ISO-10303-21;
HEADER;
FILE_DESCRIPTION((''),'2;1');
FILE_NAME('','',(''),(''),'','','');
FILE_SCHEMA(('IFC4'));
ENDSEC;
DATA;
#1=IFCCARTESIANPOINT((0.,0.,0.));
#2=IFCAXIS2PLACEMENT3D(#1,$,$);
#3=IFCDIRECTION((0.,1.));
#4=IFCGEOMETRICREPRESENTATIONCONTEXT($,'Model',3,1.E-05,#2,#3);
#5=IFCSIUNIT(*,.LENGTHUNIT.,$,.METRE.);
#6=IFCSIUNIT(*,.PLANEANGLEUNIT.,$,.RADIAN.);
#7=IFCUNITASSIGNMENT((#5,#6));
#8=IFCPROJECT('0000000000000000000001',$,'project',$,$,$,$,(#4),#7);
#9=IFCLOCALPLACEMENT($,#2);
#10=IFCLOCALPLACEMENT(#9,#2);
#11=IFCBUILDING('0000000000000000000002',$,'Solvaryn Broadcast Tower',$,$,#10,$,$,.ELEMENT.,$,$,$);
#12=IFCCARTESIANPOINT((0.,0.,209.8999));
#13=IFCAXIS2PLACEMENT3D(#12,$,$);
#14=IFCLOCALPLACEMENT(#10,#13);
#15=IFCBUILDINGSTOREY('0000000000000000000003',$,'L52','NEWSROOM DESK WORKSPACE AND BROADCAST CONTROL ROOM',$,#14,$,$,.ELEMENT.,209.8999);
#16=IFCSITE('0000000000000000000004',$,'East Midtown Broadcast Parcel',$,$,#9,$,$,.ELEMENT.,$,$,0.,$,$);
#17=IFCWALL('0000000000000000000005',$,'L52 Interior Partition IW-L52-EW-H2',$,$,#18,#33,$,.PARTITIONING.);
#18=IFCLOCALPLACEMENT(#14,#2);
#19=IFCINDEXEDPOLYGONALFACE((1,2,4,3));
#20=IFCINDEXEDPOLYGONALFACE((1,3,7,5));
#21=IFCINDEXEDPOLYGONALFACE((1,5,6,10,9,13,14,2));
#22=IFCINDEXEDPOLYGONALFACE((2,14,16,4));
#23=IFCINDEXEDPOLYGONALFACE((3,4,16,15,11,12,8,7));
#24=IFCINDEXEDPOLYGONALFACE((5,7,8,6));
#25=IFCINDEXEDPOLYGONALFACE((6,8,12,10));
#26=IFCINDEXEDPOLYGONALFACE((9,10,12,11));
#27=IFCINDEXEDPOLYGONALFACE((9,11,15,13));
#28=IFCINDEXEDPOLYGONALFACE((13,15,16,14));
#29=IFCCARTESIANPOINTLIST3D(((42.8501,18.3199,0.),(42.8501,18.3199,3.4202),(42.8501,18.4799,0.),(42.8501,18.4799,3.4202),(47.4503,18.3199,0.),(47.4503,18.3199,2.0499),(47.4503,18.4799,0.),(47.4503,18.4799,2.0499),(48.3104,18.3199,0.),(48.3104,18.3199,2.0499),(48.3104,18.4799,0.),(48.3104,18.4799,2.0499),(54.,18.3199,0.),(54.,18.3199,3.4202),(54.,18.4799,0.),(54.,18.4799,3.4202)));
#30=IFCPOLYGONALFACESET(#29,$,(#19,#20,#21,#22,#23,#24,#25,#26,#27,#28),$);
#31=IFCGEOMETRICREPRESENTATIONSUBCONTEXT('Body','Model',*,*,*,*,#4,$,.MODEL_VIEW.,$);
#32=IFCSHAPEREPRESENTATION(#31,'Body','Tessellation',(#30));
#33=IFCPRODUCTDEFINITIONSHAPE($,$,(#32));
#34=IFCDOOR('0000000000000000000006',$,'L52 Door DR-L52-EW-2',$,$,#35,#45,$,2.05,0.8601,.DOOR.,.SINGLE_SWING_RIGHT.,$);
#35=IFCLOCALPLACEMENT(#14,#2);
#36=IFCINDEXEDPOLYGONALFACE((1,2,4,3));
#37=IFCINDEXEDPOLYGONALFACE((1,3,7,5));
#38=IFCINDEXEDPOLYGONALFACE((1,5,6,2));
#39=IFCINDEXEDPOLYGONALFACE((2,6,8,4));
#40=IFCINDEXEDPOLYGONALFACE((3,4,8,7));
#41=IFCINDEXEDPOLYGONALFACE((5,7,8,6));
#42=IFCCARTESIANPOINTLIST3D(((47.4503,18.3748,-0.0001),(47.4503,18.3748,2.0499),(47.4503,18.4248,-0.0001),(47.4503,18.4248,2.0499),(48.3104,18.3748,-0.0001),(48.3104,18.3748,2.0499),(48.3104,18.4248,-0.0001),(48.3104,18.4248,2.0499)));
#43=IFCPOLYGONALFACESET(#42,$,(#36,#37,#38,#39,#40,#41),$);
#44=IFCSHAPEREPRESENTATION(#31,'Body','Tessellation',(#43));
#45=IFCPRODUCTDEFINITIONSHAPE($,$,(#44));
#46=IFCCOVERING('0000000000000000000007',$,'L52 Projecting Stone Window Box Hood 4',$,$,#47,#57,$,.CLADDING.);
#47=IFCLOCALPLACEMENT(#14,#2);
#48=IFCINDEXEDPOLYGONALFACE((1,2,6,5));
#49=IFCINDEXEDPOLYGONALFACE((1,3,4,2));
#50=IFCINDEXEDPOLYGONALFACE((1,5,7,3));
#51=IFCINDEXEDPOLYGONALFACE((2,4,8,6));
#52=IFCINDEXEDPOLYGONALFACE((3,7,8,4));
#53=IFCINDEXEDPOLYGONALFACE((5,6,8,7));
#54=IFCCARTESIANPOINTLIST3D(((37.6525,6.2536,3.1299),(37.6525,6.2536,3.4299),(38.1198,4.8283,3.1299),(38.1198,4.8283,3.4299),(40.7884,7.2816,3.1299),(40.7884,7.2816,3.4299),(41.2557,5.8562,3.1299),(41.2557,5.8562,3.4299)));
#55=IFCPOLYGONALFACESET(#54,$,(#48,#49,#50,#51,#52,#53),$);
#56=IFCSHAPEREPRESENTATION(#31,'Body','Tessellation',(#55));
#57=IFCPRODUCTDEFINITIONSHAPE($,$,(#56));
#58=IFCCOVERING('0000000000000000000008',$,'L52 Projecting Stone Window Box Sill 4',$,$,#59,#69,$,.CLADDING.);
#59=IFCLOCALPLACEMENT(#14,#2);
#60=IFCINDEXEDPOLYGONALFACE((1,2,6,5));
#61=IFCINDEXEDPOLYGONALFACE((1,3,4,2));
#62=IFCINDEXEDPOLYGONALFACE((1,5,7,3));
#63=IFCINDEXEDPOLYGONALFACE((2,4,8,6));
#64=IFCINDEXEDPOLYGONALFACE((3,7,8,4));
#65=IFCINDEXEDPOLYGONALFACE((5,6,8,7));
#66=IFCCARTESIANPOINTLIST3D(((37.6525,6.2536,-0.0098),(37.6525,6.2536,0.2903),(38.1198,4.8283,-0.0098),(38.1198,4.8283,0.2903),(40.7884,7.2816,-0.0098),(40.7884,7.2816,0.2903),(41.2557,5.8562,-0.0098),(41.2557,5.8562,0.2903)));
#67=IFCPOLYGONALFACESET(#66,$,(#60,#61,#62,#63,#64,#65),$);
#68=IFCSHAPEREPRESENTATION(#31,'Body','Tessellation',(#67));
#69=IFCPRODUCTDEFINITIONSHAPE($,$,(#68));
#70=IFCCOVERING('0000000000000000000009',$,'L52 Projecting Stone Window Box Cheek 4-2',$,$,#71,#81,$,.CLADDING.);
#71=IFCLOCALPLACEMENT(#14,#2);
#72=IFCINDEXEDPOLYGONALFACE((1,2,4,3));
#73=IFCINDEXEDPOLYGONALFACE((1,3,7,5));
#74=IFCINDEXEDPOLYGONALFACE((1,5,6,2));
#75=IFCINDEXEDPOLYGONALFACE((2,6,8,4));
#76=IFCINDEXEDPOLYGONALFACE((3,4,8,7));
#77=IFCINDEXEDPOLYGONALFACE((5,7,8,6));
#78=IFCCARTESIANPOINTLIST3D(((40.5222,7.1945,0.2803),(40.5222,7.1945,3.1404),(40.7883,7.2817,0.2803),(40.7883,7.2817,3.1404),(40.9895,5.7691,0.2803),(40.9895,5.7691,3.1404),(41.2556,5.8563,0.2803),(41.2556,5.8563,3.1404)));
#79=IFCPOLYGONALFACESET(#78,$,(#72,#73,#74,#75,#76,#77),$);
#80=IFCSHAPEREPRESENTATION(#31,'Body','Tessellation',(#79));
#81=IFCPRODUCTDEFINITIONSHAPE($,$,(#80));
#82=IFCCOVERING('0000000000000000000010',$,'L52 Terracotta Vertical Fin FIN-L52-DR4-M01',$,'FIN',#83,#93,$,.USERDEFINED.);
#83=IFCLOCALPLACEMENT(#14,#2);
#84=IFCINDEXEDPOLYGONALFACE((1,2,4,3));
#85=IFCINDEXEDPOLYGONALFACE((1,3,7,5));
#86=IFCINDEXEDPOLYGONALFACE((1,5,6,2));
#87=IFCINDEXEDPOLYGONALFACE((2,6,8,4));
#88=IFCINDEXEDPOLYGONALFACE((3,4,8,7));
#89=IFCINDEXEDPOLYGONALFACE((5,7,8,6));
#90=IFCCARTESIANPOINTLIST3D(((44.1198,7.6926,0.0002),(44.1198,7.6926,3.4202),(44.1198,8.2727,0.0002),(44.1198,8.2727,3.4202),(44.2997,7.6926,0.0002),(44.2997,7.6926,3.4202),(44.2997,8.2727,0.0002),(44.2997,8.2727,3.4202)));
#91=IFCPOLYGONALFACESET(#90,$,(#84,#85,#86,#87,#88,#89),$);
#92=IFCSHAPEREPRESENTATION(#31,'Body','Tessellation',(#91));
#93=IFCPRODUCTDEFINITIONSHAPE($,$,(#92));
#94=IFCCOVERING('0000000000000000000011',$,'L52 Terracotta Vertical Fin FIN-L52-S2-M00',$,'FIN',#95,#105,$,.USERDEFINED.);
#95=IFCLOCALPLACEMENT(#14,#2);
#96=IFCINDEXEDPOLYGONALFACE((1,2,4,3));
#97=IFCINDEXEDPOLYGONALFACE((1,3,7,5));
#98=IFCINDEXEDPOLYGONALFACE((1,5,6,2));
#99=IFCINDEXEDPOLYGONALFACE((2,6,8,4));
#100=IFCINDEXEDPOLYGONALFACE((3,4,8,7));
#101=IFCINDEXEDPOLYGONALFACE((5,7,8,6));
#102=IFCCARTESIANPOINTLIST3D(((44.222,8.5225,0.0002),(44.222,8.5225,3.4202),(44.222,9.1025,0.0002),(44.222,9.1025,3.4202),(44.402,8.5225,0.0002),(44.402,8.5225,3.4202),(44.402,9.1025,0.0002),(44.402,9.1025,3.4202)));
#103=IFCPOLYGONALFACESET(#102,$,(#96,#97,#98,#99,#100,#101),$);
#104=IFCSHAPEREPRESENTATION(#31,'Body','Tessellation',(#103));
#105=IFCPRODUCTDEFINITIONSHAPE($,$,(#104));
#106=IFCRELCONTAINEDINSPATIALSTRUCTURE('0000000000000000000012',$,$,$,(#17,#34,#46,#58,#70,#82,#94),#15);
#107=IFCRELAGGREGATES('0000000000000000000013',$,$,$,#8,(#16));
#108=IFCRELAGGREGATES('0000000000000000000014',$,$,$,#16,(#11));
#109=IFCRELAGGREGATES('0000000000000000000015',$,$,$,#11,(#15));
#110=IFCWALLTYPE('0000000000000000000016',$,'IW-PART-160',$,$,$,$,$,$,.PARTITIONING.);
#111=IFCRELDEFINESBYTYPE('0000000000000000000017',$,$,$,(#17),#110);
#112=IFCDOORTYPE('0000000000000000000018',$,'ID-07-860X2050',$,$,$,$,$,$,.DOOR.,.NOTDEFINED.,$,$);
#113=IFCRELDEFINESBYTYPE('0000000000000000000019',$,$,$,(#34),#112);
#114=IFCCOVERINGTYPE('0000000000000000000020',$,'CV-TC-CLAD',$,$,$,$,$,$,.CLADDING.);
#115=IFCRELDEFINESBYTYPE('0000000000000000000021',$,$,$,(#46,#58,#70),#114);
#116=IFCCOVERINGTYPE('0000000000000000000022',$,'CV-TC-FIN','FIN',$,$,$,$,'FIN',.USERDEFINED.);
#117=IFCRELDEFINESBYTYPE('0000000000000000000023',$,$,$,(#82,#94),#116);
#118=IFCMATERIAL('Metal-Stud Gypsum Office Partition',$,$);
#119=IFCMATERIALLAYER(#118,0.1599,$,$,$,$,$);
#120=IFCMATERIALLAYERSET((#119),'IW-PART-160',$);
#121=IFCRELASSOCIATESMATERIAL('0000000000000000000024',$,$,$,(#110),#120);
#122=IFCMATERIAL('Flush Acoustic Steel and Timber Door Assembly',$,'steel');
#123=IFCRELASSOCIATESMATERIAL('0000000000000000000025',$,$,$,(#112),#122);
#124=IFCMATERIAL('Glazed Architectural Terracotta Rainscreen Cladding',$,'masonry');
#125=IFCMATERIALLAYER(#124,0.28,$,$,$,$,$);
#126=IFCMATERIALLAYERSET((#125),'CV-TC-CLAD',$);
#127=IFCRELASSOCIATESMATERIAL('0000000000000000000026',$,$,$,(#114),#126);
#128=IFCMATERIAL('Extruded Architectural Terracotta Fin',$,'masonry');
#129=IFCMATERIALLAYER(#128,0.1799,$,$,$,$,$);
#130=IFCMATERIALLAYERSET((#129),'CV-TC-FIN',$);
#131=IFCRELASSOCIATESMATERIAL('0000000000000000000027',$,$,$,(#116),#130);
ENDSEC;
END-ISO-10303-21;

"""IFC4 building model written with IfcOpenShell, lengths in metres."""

from ifc_helpers import new_model, si_unit, direction, frame, frame_2d, origin, origin_2d, place, context, subcontext, project, spatial, rectangle, extrude, material, layer, layer_set, type_object, element, fill, save


model = new_model("IFC4")

# Units and contexts
model_context = context("Model", 3, precision=1e-05, world=origin(), true_north=direction((0.0, 1.0)))
body_context = subcontext(model_context, "Body", "Model", "MODEL_VIEW")
ifc_project = project(units=[si_unit("LENGTHUNIT", "METRE"), si_unit("PLANEANGLEUNIT", "RADIAN")], contexts=[model_context])

# Site, building, storey
site_placement = place(None, origin())
site = spatial("IfcSite", under=ifc_project, at=site_placement, Name="East Midtown Broadcast Parcel", CompositionType="ELEMENT", RefElevation=0.0)
building_placement = place(site_placement, origin())
building = spatial("IfcBuilding", under=site, at=building_placement, Name="Solvaryn Broadcast Tower", CompositionType="ELEMENT")
storey_placement = place(building_placement, frame((0.0, 0.0, 209.8999)))
storey = spatial("IfcBuildingStorey", under=building, at=storey_placement, Name="L52", Description="NEWSROOM DESK WORKSPACE AND BROADCAST CONTROL ROOM", CompositionType="ELEMENT", Elevation=209.8999)

# Shared definitions
ifc_material_1 = material(Name="Metal-Stud Gypsum Office Partition")
ifc_layer_1 = layer(ifc_material_1, 0.1599)
ifc_layer_set_1 = layer_set([ifc_layer_1], Name="IW-PART-160")
wall_type_1 = type_object("IfcWallType", Name="IW-PART-160", PredefinedType="PARTITIONING", material=ifc_layer_set_1)

# Wall, opening, door
wall_1_placement = place(storey_placement, frame((42.8501, 18.3999, 0.0), z_axis=(0.0, 0.0, 1.0), x_axis=(1.0, 0.0, 0.0)))
wall_1 = element("IfcWall", 1, at=wall_1_placement, inside=storey, type_object=wall_type_1, Name="L52 Interior Partition IW-L52-EW-H2", PredefinedType="PARTITIONING", context=body_context, shape_type="SweptSolid", body=[
    extrude(rectangle(XDim=11.1499, YDim=0.1599, at=frame_2d((5.575, 0.0))), origin(), (0.0, 0.0, 1.0), 3.4202),
])
opening_1_placement = place(wall_1_placement, frame((4.6001, 0.0, 0.0)))
opening_1 = element("IfcOpeningElement", 2, at=opening_1_placement, cuts=wall_1, PredefinedType="OPENING", context=body_context, shape_type="SweptSolid", body=[
    extrude(rectangle(XDim=0.8601, YDim=2.05, at=frame_2d((0.4302, 1.0249))), frame((0.0, 0.0901, 0.0), z_axis=(0.0, -1.0, 0.0), x_axis=(1.0, 0.0, 0.0)), (0.0, 0.0, 1.0), 0.1799),
])
ifc_material_2 = material(Name="Flush Acoustic Steel and Timber Door Assembly", Category="steel")
door_type_1 = type_object("IfcDoorType", Name="ID-07-860X2050", OperationType="NOTDEFINED", PredefinedType="DOOR", material=ifc_material_2)
door_1_placement = place(opening_1_placement, origin())
door_1 = element("IfcDoor", 3, at=door_1_placement, inside=storey, type_object=door_type_1, Name="L52 Door DR-L52-EW-2", OperationType="SINGLE_SWING_RIGHT", OverallHeight=2.05, OverallWidth=0.8601, PredefinedType="DOOR", context=body_context, shape_type="SweptSolid", body=[
    extrude(rectangle(XDim=0.8601, YDim=2.05, at=frame_2d((0.4302, 1.0249))), frame((0.0, 0.0249, 0.0), z_axis=(0.0, -1.0, 0.0), x_axis=(1.0, 0.0, 0.0)), (0.0, 0.0, 1.0), 0.05),
])
fill(opening_1, door_1)

# Coverings
ifc_material_3 = material(Name="Glazed Architectural Terracotta Rainscreen Cladding", Category="masonry")
ifc_layer_2 = layer(ifc_material_3, 0.28)
ifc_layer_set_2 = layer_set([ifc_layer_2], Name="CV-TC-CLAD")
covering_type_1 = type_object("IfcCoveringType", Name="CV-TC-CLAD", PredefinedType="CLADDING", material=ifc_layer_set_2)
for number, where, z_axis, x_axis, name in (
    (4, (39.4541, 6.0549, 3.1299), (0.0, 0.0, 1.0), (0.950244, 0.311506, 0.0), "L52 Projecting Stone Window Box Hood 4"),
    (5, (39.4541, 6.0549, -0.0098), (0.0, 0.0, 1.0), (0.950244, 0.311506, 0.0), "L52 Projecting Stone Window Box Sill 4"),
):
    element("IfcCovering", number, at=place(storey_placement, frame(where, z_axis=z_axis, x_axis=x_axis)), inside=storey, type_object=covering_type_1, Name=name, PredefinedType="CLADDING", context=body_context, shape_type="SweptSolid", body=[
        extrude(rectangle(XDim=3.3, YDim=1.5, at=origin_2d()), origin(), (0.0, 0.0, 1.0), 0.3),
    ])
covering_placement = place(storey_placement, frame((40.8889, 6.5254, 0.2803), z_axis=(0.0, 0.0, 1.0), x_axis=(0.950244, 0.311506, 0.0)))
element("IfcCovering", 6, at=covering_placement, inside=storey, type_object=covering_type_1, Name="L52 Projecting Stone Window Box Cheek 4-2", PredefinedType="CLADDING", context=body_context, shape_type="SweptSolid", body=[
    extrude(rectangle(XDim=0.28, YDim=1.5, at=origin_2d()), origin(), (0.0, 0.0, 1.0), 2.8601),
])
ifc_material_4 = material(Name="Extruded Architectural Terracotta Fin", Category="masonry")
ifc_layer_3 = layer(ifc_material_4, 0.1799)
ifc_layer_set_3 = layer_set([ifc_layer_3], Name="CV-TC-FIN")
covering_type_2 = type_object("IfcCoveringType", Name="CV-TC-FIN", Description="FIN", ElementType="FIN", PredefinedType="USERDEFINED", material=ifc_layer_set_3)
for number, where, z_axis, x_axis, name in (
    (7, (44.2097, 7.9827, 0.0002), (0.0, 0.0, 1.0), (1.0, 0.0, 0.0), "L52 Terracotta Vertical Fin FIN-L52-DR4-M01"),
    (8, (44.312, 8.8125, 0.0002), (0.0, 0.0, 1.0), (1.0, 0.0, 0.0), "L52 Terracotta Vertical Fin FIN-L52-S2-M00"),
):
    element("IfcCovering", number, at=place(storey_placement, frame(where, z_axis=z_axis, x_axis=x_axis)), inside=storey, type_object=covering_type_2, Name=name, ObjectType="FIN", PredefinedType="USERDEFINED", context=body_context, shape_type="SweptSolid", body=[
        extrude(rectangle(XDim=0.1799, YDim=0.5801, at=origin_2d()), origin(), (0.0, 0.0, 1.0), 3.4199),
    ])

save(model, "model.ifc")
